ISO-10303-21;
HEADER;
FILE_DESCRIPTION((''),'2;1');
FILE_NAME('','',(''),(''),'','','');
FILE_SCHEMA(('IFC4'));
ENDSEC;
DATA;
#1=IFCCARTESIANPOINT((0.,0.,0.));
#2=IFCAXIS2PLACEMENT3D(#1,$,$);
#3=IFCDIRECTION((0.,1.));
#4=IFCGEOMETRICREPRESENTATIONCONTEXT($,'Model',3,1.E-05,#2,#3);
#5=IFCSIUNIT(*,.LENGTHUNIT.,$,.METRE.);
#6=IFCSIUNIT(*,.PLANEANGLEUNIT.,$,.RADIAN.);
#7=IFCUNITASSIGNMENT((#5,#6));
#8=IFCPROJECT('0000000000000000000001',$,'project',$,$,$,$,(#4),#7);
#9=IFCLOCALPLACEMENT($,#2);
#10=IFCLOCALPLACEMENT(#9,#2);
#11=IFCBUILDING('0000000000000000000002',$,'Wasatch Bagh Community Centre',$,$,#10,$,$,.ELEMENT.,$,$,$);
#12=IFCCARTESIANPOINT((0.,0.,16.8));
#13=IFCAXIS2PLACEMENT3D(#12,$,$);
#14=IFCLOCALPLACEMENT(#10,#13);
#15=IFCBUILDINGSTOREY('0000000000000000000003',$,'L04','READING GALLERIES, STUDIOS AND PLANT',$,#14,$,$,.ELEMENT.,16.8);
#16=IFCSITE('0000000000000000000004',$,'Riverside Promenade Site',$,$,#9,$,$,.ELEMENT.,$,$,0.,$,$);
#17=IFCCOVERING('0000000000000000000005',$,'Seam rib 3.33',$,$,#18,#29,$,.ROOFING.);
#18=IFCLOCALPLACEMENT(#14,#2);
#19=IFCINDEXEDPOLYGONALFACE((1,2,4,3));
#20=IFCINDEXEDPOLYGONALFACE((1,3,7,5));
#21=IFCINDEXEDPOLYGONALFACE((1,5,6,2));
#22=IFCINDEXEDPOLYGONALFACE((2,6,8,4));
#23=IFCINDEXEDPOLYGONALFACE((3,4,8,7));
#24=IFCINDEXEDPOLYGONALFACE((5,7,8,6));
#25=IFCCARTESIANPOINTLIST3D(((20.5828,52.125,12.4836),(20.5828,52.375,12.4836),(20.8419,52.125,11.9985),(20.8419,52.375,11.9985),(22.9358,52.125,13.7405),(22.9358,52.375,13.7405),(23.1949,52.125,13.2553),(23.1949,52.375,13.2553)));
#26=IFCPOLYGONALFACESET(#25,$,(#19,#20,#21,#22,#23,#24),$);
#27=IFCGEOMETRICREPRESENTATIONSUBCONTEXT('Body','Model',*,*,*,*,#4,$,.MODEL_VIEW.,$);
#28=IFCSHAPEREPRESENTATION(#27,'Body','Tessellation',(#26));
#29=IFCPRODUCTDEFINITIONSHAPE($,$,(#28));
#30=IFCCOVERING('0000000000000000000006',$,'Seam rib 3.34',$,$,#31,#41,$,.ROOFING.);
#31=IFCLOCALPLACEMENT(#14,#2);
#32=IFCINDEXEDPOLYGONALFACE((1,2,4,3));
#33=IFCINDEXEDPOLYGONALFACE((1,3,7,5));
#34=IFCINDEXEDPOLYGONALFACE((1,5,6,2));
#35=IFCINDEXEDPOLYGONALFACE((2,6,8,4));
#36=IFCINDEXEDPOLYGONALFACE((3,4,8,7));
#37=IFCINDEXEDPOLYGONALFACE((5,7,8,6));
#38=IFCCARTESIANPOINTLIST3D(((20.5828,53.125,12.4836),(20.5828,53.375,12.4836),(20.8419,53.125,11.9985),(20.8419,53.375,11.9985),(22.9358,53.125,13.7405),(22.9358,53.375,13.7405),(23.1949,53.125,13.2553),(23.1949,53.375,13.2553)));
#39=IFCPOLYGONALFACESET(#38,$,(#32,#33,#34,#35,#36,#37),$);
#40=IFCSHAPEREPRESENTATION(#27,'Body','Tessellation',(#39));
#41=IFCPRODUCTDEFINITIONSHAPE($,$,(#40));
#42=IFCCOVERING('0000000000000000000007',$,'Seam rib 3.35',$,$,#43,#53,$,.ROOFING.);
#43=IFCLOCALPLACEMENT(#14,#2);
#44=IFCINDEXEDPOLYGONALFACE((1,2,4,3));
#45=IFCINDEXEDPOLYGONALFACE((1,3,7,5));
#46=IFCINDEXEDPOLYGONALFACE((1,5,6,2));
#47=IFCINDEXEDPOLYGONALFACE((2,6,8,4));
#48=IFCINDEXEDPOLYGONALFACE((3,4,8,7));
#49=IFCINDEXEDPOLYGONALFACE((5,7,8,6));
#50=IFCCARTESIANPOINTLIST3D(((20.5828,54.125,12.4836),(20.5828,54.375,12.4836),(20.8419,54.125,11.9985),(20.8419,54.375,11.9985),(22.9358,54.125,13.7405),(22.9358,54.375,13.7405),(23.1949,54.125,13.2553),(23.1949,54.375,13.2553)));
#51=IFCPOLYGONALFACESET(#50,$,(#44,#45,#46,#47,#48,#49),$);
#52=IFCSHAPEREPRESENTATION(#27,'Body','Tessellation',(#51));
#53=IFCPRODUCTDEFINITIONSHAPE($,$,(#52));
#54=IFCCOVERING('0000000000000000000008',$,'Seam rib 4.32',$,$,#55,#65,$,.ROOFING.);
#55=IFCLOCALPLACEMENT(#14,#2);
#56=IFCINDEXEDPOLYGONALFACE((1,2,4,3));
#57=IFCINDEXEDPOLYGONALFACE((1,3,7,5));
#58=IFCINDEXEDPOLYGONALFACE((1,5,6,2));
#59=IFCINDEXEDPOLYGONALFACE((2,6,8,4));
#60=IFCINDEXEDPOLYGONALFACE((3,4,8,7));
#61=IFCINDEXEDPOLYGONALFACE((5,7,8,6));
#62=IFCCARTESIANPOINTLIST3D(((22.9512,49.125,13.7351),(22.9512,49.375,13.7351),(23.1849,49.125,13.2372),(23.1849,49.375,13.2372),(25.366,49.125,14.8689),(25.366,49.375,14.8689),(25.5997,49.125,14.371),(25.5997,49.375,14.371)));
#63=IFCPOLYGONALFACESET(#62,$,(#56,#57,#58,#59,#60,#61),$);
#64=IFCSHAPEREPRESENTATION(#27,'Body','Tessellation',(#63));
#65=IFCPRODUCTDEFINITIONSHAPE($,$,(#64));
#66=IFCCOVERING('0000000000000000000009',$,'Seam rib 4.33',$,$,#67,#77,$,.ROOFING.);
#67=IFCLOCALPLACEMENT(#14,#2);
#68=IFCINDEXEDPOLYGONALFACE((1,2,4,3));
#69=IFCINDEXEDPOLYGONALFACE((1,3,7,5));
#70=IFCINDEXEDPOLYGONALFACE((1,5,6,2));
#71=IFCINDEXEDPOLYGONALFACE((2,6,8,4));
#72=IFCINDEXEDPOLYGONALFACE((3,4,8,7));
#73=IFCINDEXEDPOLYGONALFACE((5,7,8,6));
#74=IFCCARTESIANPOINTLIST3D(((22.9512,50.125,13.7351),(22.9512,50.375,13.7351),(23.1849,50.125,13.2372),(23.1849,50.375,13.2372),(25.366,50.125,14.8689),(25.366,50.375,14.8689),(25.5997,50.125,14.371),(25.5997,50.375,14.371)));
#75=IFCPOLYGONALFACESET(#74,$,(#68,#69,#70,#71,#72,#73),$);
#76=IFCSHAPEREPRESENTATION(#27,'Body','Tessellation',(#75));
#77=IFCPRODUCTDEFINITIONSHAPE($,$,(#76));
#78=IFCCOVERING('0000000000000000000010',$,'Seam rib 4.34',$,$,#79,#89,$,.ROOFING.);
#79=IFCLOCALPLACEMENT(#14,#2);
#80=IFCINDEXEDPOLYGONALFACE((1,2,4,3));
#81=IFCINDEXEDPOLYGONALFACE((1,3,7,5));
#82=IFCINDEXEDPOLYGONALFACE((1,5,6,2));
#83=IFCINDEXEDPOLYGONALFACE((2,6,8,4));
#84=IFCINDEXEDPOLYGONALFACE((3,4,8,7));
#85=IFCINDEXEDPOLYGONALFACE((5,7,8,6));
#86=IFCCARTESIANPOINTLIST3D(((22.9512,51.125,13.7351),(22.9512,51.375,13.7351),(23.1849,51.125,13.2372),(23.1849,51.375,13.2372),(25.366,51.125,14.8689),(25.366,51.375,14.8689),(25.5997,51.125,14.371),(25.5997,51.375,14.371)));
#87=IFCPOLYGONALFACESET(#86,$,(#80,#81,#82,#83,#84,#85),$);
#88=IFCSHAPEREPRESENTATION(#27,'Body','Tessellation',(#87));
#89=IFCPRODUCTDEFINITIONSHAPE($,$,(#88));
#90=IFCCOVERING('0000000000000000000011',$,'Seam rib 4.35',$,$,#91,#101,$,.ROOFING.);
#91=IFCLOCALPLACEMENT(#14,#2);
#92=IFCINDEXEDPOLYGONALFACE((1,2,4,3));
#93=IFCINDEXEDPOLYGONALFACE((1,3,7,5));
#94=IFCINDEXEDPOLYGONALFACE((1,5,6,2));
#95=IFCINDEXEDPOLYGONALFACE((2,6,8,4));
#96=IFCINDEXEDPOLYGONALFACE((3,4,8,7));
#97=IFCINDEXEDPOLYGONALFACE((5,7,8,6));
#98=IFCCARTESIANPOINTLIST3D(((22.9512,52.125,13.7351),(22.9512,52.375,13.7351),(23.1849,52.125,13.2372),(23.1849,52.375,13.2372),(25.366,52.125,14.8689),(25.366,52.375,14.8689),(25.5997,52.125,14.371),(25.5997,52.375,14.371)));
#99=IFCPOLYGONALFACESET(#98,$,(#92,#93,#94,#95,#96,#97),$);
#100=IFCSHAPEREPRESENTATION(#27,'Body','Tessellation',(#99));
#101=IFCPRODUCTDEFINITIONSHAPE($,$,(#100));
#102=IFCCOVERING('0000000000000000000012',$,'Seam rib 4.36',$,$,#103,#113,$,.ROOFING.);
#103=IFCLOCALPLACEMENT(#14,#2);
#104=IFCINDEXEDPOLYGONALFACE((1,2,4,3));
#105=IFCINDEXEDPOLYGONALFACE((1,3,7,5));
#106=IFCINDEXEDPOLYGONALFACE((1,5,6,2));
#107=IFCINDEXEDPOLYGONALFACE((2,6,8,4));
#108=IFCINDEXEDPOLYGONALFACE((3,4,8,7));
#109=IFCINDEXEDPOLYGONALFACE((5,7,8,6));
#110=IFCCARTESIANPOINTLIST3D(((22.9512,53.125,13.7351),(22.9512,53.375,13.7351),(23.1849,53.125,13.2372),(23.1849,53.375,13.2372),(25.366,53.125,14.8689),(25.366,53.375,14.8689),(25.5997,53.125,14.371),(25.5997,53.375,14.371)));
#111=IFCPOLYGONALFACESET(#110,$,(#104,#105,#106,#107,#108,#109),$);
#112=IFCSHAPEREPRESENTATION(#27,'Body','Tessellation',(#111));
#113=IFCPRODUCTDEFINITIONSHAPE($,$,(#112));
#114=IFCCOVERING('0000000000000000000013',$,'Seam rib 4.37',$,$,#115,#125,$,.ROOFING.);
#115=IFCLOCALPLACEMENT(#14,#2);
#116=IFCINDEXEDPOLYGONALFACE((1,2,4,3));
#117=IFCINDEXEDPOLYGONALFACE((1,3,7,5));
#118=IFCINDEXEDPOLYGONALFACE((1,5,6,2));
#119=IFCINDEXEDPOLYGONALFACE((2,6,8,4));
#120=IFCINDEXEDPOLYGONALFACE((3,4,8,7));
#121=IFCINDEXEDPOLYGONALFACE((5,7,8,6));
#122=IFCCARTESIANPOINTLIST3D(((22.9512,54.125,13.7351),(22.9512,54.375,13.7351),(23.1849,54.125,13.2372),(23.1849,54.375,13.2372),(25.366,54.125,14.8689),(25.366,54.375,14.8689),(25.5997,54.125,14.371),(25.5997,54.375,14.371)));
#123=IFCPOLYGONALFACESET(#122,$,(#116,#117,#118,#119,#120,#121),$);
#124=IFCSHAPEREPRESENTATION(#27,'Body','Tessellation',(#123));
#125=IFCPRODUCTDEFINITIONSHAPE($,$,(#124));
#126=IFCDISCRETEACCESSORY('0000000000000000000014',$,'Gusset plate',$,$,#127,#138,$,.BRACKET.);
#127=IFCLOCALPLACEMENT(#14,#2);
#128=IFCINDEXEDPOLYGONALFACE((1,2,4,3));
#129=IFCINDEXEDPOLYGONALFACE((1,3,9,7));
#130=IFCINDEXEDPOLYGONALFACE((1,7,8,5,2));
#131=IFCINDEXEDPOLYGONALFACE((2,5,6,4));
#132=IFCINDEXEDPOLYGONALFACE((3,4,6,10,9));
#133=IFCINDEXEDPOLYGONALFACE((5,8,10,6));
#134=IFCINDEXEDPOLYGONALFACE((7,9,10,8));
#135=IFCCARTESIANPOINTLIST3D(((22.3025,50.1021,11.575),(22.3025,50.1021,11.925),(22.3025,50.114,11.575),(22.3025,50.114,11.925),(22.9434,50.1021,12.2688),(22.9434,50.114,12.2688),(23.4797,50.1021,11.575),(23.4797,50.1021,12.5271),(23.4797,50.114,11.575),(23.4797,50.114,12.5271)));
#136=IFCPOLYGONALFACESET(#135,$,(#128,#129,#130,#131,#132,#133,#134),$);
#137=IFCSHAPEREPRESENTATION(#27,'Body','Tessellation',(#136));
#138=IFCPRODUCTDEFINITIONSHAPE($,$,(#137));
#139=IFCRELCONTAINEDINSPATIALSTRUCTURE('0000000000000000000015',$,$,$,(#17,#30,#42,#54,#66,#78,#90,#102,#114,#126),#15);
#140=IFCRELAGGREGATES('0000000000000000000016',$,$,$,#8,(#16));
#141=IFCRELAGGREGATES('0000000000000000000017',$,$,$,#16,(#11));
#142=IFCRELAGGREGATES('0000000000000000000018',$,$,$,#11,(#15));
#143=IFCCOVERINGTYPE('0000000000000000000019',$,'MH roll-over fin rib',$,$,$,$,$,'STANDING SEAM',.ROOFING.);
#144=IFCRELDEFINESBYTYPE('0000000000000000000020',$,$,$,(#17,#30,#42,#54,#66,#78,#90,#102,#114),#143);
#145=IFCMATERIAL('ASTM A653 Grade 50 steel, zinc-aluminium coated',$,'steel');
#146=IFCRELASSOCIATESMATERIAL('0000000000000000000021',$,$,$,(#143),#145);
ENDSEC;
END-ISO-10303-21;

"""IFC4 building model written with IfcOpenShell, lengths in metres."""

from ifc_helpers import new_model, si_unit, direction, frame, origin, place, context, subcontext, project, spatial, polyline, outline, extrude, material, type_object, element, save


model = new_model("IFC4")

# Units and contexts
model_context = context("Model", 3, precision=1e-05, world=origin(), true_north=direction((0.0, 1.0)))
body_context = subcontext(model_context, "Body", "Model", "MODEL_VIEW")
ifc_project = project(units=[si_unit("LENGTHUNIT", "METRE"), si_unit("PLANEANGLEUNIT", "RADIAN")], contexts=[model_context])

# Site, building, storey
site_placement = place(None, origin())
site = spatial("IfcSite", under=ifc_project, at=site_placement, Name="Riverside Promenade Site", CompositionType="ELEMENT", RefElevation=0.0)
building_placement = place(site_placement, origin())
building = spatial("IfcBuilding", under=site, at=building_placement, Name="Wasatch Bagh Community Centre", CompositionType="ELEMENT")
storey_placement = place(building_placement, frame((0.0, 0.0, 16.8)))
storey = spatial("IfcBuildingStorey", under=building, at=storey_placement, Name="L04", Description="READING GALLERIES, STUDIOS AND PLANT", CompositionType="ELEMENT", Elevation=16.8)

# Coverings
ifc_material_1 = material(Name="ASTM A653 Grade 50 steel, zinc-aluminium coated", Category="steel")
covering_type = type_object("IfcCoveringType", Name="MH roll-over fin rib", ElementType="STANDING SEAM", PredefinedType="ROOFING", material=ifc_material_1)
for number, where, z_axis, x_axis, name in (
    (1, (20.5828, 52.125, 12.4836), (-0.471139, 0.0, 0.882059), (0.882059, 0.0, 0.471139), "Seam rib 3.33"),
    (2, (20.5828, 53.125, 12.4836), (-0.471139, 0.0, 0.882059), (0.882059, 0.0, 0.471139), "Seam rib 3.34"),
    (3, (20.5828, 54.125, 12.4836), (-0.471139, 0.0, 0.882059), (0.882059, 0.0, 0.471139), "Seam rib 3.35"),
):
    element("IfcCovering", number, at=place(storey_placement, frame(where, z_axis=z_axis, x_axis=x_axis)), inside=storey, type_object=covering_type, Name=name, PredefinedType="ROOFING", context=body_context, shape_type="SweptSolid", body=[
        extrude(outline(polyline([(0.0, 0.0), (2.6677, 0.0), (2.6677, 0.25), (0.0, 0.25), (0.0, 0.0)])), origin(), (0.0, 0.0, -1.0), 0.55),
    ])
for number, where, z_axis, x_axis, name in (
    (4, (22.9512, 49.125, 13.7351), (-0.425004, 0.0, 0.905192), (0.905192, 0.0, 0.425004), "Seam rib 4.32"),
    (5, (22.9512, 50.125, 13.7351), (-0.425004, 0.0, 0.905192), (0.905192, 0.0, 0.425004), "Seam rib 4.33"),
    (6, (22.9512, 51.125, 13.7351), (-0.425004, 0.0, 0.905192), (0.905192, 0.0, 0.425004), "Seam rib 4.34"),
    (7, (22.9512, 52.125, 13.7351), (-0.425004, 0.0, 0.905192), (0.905192, 0.0, 0.425004), "Seam rib 4.35"),
    (8, (22.9512, 53.125, 13.7351), (-0.425004, 0.0, 0.905192), (0.905192, 0.0, 0.425004), "Seam rib 4.36"),
    (9, (22.9512, 54.125, 13.7351), (-0.425004, 0.0, 0.905192), (0.905192, 0.0, 0.425004), "Seam rib 4.37"),
):
    element("IfcCovering", number, at=place(storey_placement, frame(where, z_axis=z_axis, x_axis=x_axis)), inside=storey, type_object=covering_type, Name=name, PredefinedType="ROOFING", context=body_context, shape_type="SweptSolid", body=[
        extrude(outline(polyline([(0.0, 0.0), (2.6677, 0.0), (2.6677, 0.25), (0.0, 0.25), (0.0, 0.0)])), origin(), (0.0, 0.0, -1.0), 0.55),
    ])

# Discrete accessory
discrete_accessory_placement = place(storey_placement, frame((22.3025, 50.114, 11.925), z_axis=(0.0, 1.0, 0.0), x_axis=(0.881235, 0.0, 0.472678)))
element("IfcDiscreteAccessory", 10, at=discrete_accessory_placement, inside=storey, Name="Gusset plate", PredefinedType="BRACKET", context=body_context, shape_type="SweptSolid", body=[
    extrude(outline(polyline([(0.0, 0.0), (0.7272, 0.0), (1.322, 0.0259), (0.8719, 0.865), (-0.1655, 0.3085), (0.0, 0.0)])), origin(), (0.0, 0.0, -1.0), 0.012),
])

save(model, "model.ifc")
